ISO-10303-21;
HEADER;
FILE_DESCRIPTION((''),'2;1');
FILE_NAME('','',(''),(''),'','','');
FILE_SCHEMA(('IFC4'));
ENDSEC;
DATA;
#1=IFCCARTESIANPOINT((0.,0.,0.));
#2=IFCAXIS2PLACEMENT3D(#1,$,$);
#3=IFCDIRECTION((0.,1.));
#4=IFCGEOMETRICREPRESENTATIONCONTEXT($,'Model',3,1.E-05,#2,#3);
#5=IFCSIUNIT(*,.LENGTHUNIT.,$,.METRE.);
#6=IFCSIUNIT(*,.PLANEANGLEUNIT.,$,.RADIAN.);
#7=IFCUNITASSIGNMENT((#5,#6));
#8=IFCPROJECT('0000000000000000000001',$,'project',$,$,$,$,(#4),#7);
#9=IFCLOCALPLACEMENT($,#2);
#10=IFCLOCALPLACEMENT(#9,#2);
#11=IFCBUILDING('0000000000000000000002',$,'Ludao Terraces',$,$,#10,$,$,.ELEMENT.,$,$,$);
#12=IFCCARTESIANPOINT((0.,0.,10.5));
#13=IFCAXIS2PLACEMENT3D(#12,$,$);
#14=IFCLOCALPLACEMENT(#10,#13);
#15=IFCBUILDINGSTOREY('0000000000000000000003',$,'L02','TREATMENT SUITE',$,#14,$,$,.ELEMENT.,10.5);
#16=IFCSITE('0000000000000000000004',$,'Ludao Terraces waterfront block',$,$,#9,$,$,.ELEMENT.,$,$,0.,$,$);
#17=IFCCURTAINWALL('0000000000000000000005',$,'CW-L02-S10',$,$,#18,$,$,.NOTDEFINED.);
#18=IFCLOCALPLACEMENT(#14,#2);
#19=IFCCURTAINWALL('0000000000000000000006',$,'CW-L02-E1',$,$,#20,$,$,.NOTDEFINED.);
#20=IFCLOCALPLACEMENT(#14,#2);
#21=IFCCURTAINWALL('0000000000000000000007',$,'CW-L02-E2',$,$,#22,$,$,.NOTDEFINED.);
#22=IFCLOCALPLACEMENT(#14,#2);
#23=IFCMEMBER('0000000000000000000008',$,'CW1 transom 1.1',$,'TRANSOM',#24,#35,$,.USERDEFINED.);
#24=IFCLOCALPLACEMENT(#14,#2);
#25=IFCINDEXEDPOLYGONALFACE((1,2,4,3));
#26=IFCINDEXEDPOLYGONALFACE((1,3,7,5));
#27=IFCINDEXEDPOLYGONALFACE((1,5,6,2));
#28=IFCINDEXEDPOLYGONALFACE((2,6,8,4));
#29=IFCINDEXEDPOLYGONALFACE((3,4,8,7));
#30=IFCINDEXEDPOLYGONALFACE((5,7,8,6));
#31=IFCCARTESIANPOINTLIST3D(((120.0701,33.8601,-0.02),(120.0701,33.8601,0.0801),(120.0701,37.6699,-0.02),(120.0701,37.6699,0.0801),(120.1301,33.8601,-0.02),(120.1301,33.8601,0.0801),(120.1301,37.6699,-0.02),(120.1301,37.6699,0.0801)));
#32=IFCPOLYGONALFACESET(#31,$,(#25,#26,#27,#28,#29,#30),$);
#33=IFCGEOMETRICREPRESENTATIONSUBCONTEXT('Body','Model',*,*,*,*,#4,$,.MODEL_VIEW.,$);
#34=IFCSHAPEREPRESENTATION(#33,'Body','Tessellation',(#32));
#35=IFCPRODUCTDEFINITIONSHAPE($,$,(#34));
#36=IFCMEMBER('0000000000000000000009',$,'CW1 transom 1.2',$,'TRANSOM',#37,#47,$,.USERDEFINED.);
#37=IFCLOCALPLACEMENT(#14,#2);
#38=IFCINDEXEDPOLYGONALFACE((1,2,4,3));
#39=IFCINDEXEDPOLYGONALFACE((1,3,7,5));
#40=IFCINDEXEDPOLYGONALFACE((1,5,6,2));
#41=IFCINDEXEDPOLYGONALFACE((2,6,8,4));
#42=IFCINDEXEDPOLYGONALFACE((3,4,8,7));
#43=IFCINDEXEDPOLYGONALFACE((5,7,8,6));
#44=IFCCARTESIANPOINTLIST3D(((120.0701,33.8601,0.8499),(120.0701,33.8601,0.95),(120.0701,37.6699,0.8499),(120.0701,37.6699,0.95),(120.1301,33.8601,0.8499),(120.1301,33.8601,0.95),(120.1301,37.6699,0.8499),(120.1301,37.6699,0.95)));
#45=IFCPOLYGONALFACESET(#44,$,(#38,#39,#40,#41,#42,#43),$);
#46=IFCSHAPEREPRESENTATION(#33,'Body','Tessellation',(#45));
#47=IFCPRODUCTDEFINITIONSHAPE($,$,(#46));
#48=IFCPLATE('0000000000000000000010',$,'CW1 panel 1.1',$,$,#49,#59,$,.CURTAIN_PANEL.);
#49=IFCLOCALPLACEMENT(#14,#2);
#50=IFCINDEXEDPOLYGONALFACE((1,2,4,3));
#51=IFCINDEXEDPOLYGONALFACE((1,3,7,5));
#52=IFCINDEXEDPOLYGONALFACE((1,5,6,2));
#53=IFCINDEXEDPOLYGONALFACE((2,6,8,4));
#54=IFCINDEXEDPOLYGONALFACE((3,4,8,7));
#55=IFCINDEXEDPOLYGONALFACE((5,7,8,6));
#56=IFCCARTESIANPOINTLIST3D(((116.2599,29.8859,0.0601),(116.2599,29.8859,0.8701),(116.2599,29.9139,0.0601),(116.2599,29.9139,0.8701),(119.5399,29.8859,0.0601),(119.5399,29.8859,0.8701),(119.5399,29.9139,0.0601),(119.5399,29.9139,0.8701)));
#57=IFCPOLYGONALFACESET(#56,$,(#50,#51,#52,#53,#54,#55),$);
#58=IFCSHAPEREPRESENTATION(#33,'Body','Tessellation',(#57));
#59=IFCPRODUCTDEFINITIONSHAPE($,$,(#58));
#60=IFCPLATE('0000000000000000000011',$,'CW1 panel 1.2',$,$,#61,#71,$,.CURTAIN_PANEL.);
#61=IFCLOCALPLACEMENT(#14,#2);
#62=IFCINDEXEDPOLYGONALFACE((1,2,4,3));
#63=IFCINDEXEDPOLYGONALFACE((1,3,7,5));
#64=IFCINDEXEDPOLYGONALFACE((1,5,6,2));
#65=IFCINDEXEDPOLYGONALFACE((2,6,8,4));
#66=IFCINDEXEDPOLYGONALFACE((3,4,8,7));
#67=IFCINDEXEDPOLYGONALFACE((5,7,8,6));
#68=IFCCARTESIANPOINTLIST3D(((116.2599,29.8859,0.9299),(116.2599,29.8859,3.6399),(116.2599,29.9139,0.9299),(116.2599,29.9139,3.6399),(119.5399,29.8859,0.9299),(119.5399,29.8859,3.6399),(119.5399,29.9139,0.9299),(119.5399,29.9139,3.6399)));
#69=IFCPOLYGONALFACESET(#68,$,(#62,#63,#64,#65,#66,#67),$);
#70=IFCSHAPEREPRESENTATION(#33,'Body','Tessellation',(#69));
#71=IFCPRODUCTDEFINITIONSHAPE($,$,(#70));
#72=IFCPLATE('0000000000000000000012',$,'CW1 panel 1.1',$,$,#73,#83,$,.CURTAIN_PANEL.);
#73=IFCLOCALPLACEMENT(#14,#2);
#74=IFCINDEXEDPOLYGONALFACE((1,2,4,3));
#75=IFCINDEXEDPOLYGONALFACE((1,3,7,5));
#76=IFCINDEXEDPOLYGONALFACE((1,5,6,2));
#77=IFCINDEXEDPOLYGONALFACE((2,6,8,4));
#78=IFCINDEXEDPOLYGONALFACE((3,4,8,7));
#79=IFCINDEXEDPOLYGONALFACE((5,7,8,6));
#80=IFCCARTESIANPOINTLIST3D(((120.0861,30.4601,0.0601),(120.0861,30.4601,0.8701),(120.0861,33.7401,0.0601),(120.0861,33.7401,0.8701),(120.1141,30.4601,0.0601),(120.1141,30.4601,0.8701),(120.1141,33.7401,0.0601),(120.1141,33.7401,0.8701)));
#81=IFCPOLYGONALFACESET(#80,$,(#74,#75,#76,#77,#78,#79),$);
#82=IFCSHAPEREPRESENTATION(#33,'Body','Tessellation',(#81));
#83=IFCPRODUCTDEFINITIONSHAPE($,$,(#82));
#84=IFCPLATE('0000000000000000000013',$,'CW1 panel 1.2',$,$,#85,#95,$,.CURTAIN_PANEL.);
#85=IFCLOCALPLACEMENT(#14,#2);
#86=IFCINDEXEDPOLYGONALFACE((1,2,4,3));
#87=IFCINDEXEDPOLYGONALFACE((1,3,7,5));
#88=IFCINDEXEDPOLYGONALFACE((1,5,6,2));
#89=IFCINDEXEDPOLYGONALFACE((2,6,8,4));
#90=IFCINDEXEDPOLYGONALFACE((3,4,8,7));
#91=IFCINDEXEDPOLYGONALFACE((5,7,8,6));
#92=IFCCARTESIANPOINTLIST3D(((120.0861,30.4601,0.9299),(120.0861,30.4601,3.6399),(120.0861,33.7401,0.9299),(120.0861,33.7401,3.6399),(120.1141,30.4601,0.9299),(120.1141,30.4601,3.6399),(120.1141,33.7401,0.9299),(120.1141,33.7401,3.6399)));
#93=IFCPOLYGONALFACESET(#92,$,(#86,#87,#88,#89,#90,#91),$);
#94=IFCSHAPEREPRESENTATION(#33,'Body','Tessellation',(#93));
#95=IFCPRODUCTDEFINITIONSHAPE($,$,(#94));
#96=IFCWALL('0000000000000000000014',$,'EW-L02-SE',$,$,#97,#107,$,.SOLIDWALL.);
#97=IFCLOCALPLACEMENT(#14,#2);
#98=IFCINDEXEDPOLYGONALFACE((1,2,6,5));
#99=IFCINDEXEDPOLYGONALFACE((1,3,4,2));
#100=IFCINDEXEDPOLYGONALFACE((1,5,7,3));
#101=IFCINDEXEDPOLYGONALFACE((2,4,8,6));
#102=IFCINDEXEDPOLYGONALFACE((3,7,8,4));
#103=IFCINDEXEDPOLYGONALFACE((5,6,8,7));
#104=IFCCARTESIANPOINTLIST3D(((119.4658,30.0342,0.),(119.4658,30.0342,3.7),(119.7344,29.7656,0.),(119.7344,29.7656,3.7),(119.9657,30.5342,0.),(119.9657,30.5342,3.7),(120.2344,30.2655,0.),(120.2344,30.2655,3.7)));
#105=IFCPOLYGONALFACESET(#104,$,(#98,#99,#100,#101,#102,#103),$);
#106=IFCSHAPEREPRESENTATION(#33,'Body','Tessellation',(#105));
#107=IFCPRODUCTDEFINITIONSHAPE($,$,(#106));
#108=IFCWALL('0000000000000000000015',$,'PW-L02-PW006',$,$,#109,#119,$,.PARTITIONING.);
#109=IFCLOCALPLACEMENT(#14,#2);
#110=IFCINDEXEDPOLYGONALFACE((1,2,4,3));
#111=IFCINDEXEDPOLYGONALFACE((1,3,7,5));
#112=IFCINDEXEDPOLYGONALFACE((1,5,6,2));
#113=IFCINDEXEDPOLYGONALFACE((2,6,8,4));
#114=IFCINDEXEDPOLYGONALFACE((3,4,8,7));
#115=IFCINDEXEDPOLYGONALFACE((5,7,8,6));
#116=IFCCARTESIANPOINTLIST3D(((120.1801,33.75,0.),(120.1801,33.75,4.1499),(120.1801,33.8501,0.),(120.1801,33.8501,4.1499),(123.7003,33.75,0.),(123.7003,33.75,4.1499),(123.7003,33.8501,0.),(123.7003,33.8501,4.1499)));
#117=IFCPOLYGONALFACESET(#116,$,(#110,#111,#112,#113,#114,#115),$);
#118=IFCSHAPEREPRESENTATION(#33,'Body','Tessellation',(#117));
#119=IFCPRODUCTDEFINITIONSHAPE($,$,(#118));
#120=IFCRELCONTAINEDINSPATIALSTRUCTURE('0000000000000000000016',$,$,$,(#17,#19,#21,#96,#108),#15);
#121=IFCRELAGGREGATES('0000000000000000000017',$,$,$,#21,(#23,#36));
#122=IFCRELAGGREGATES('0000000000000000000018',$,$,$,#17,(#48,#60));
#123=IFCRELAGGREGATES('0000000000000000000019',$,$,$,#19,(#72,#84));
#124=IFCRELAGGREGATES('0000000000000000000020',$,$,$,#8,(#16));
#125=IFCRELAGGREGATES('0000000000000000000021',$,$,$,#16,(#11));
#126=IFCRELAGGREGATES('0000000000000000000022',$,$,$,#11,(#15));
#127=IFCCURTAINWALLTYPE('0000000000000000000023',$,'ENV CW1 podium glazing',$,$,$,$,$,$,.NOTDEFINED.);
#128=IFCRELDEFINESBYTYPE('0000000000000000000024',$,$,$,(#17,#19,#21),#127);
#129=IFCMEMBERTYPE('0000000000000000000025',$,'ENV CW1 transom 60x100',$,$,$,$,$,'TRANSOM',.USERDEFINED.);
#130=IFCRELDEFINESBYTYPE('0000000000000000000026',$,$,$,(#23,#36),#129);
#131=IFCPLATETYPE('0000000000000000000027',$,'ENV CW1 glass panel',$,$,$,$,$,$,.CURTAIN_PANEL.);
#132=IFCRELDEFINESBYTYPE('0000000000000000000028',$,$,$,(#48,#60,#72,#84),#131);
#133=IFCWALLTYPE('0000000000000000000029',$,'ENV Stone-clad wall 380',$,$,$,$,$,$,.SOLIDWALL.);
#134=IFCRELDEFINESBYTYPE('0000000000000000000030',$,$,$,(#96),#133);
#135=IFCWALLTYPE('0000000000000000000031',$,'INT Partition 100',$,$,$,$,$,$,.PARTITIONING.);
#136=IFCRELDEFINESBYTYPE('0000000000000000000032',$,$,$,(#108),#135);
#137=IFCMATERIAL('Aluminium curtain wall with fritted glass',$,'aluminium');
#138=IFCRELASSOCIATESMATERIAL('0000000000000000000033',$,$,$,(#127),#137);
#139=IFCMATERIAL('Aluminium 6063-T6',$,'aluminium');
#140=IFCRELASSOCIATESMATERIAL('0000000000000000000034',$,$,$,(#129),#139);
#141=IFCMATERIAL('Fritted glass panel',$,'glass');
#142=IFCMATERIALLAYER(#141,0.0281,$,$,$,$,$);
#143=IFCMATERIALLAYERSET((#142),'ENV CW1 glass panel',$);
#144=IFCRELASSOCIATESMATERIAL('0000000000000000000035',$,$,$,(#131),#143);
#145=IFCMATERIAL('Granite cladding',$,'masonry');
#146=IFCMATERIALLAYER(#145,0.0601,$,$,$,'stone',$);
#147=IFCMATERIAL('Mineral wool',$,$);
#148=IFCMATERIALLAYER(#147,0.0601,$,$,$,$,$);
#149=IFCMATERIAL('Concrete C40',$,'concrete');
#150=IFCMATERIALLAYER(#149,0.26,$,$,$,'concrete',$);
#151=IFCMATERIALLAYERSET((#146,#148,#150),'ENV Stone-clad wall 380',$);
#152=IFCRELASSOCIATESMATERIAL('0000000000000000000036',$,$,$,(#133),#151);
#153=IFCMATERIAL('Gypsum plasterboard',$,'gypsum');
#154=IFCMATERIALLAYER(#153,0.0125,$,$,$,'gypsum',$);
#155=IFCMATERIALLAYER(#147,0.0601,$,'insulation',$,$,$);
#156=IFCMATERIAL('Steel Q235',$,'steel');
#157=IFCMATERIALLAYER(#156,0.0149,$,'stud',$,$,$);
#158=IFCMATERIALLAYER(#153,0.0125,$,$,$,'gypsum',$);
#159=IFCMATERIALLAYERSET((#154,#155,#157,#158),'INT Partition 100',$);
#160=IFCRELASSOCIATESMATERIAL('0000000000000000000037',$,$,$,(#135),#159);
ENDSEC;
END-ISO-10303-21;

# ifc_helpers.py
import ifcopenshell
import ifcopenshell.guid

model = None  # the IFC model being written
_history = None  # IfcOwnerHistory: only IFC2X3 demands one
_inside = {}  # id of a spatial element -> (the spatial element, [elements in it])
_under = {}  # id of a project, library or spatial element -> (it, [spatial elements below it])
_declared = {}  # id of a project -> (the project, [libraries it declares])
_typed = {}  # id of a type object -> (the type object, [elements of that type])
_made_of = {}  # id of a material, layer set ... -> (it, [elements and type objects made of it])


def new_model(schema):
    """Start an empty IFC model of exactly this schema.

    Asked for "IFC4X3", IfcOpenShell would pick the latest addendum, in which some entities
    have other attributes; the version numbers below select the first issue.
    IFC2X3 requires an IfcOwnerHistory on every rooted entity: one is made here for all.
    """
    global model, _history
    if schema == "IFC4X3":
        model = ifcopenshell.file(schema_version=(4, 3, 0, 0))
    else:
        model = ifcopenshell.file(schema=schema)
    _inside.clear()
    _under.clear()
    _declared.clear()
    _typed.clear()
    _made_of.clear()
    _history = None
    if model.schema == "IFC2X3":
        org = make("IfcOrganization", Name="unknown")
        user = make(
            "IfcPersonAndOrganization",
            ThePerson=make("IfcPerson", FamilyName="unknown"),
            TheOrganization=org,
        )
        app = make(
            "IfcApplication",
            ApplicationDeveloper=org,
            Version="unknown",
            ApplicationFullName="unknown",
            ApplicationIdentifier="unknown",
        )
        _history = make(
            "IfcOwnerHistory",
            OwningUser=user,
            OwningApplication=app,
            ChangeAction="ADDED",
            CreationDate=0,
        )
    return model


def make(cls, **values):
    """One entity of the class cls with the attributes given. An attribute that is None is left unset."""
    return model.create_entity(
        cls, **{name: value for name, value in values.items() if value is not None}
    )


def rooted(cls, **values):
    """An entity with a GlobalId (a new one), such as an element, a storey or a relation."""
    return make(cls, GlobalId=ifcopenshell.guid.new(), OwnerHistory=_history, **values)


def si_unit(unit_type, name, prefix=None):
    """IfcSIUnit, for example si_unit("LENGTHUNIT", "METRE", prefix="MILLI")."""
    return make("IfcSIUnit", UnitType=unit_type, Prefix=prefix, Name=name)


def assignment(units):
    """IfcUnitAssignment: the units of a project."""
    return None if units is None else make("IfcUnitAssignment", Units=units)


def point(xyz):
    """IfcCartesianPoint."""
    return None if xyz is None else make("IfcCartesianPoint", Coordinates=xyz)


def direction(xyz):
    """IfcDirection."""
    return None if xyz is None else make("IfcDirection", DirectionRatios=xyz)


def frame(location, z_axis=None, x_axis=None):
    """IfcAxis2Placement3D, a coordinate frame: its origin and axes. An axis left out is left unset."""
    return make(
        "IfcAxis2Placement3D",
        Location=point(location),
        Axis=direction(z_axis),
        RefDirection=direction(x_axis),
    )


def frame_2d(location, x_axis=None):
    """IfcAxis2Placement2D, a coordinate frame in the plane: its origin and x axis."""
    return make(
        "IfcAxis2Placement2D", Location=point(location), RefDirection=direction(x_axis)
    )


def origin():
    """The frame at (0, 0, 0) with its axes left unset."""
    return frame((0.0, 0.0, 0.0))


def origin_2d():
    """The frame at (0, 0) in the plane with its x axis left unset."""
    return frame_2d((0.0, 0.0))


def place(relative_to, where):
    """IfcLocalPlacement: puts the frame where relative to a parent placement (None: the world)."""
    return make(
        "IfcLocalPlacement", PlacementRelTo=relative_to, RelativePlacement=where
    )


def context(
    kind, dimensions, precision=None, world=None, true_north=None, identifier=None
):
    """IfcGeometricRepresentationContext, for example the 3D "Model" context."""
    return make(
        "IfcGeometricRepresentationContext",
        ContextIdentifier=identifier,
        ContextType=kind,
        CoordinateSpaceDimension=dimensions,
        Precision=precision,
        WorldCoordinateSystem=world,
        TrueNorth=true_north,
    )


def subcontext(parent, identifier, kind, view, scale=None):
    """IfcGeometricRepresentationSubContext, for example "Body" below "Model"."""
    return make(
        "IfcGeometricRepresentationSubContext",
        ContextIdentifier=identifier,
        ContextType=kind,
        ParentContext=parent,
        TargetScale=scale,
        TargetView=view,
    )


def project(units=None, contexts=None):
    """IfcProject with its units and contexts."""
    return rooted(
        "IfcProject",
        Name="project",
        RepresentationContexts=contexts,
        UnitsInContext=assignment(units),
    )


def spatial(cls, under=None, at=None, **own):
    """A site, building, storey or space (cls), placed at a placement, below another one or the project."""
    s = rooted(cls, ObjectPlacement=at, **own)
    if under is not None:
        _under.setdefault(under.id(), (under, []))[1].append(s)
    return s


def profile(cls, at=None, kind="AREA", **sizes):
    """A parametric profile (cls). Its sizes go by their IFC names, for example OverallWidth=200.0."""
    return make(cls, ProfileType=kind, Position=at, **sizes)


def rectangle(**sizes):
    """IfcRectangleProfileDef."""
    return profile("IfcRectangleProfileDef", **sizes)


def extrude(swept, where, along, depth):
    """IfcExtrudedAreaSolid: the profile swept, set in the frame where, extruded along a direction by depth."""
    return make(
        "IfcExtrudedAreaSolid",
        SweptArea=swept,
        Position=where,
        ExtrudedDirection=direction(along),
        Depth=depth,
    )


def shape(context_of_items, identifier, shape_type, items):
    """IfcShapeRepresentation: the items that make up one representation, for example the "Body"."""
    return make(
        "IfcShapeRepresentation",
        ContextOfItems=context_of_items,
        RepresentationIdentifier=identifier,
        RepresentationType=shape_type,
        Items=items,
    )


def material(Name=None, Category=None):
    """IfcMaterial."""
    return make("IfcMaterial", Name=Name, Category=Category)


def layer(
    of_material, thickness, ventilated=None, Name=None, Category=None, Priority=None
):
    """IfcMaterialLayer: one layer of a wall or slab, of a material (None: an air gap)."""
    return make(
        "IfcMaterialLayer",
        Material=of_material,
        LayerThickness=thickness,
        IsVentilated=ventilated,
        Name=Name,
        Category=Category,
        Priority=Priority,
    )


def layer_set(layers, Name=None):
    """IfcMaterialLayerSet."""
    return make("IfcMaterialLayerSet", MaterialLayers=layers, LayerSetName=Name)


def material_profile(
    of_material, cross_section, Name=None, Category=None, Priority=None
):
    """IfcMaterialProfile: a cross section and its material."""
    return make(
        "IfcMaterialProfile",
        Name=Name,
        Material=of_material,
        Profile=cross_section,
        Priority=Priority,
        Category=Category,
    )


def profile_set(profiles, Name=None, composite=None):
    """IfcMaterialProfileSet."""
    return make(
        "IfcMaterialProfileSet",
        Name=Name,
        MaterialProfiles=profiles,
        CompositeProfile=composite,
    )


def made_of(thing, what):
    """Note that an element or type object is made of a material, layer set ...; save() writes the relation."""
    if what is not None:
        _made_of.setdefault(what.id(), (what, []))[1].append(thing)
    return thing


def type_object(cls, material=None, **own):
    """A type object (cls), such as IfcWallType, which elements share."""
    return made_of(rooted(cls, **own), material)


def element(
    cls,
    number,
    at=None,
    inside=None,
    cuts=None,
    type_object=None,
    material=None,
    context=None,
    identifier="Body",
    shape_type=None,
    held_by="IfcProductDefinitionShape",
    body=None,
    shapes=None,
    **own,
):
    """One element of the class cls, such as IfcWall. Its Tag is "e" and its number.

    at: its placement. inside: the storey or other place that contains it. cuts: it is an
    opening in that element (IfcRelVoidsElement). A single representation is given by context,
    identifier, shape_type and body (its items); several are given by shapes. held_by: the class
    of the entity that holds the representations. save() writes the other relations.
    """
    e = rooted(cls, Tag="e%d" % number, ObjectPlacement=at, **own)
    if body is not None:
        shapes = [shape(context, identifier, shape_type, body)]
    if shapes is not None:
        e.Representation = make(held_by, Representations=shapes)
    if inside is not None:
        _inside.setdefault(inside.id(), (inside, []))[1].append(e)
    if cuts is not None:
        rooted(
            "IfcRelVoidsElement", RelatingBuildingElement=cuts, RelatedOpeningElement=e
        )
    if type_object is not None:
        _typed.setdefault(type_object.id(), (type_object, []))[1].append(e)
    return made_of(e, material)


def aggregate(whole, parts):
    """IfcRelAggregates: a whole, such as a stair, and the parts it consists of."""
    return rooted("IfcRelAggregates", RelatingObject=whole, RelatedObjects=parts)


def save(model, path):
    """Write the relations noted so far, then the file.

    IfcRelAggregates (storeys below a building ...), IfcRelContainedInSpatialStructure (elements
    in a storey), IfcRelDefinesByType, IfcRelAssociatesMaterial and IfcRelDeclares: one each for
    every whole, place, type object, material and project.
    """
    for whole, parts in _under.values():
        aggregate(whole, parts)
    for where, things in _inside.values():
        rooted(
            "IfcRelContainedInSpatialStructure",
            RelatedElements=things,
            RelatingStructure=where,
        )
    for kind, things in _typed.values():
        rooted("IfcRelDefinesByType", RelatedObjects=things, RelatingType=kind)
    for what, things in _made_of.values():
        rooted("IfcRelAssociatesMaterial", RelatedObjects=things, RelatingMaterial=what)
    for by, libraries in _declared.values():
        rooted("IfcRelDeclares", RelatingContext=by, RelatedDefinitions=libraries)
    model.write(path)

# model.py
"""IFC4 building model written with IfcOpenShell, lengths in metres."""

from ifc_helpers import new_model, si_unit, direction, frame, frame_2d, origin, origin_2d, place, context, subcontext, project, spatial, rectangle, extrude, material, layer, layer_set, material_profile, profile_set, type_object, element, aggregate, save


model = new_model("IFC4")

# Units and contexts
model_context = context("Model", 3, precision=1e-05, world=origin(), true_north=direction((0.0, 1.0)))
body_context = subcontext(model_context, "Body", "Model", "MODEL_VIEW")
ifc_project = project(units=[si_unit("LENGTHUNIT", "METRE"), si_unit("PLANEANGLEUNIT", "RADIAN")], contexts=[model_context])

# Site, building, storey
site_placement = place(None, origin())
site = spatial("IfcSite", under=ifc_project, at=site_placement, Name="Ludao Terraces waterfront block", CompositionType="ELEMENT", RefElevation=0.0)
building_placement = place(site_placement, origin())
building = spatial("IfcBuilding", under=site, at=building_placement, Name="Ludao Terraces", CompositionType="ELEMENT")
storey_placement = place(building_placement, frame((0.0, 0.0, 10.5)))
storey = spatial("IfcBuildingStorey", under=building, at=storey_placement, Name="L02", Description="TREATMENT SUITE", CompositionType="ELEMENT", Elevation=10.5)

# Curtain wall
ifc_material_1 = material(Name="Aluminium curtain wall with fritted glass", Category="aluminium")
curtain_wall_type = type_object("IfcCurtainWallType", Name="ENV CW1 podium glazing", PredefinedType="NOTDEFINED", material=ifc_material_1)
curtain_wall_1_placement = place(storey_placement, origin())
curtain_wall_1 = element("IfcCurtainWall", 1, at=curtain_wall_1_placement, inside=storey, type_object=curtain_wall_type, Name="CW-L02-S10", PredefinedType="NOTDEFINED")
ifc_material_2 = material(Name="Aluminium 6063-T6", Category="aluminium")

# Curtain wall
curtain_wall_2_placement = place(storey_placement, origin())
curtain_wall_2 = element("IfcCurtainWall", 2, at=curtain_wall_2_placement, inside=storey, type_object=curtain_wall_type, Name="CW-L02-E1", PredefinedType="NOTDEFINED")

# Curtain wall
curtain_wall_3_placement = place(storey_placement, origin())
curtain_wall_3 = element("IfcCurtainWall", 3, at=curtain_wall_3_placement, inside=storey, type_object=curtain_wall_type, Name="CW-L02-E2", PredefinedType="NOTDEFINED")

# Members
ifc_material_profile_1 = material_profile(ifc_material_2, rectangle(XDim=0.0601, YDim=0.1001, at=origin_2d()), Name="60 X 100")
ifc_profile_set_1 = profile_set([ifc_material_profile_1], Name="Aluminium 6063-T6")
member_type_1 = type_object("IfcMemberType", Name="ENV CW1 transom 60x100", ElementType="TRANSOM", PredefinedType="USERDEFINED", material=ifc_profile_set_1)
member_1_placement = place(storey_placement, frame((120.1001, 33.8601, 0.03), z_axis=(0.0, 1.0, 0.0), x_axis=(-1.0, 0.0, 0.0)))
member_1 = element("IfcMember", 4, at=member_1_placement, type_object=member_type_1, Name="CW1 transom 1.1", ObjectType="TRANSOM", PredefinedType="USERDEFINED", context=body_context, shape_type="SweptSolid", body=[
    extrude(rectangle(XDim=0.0601, YDim=0.1001, at=origin_2d()), origin(), (0.0, 0.0, 1.0), 3.8098),
])
member_2_placement = place(storey_placement, frame((120.1001, 33.8601, 0.8999), z_axis=(0.0, 1.0, 0.0), x_axis=(-1.0, 0.0, 0.0)))
member_2 = element("IfcMember", 5, at=member_2_placement, type_object=member_type_1, Name="CW1 transom 1.2", ObjectType="TRANSOM", PredefinedType="USERDEFINED", context=body_context, shape_type="SweptSolid", body=[
    extrude(rectangle(XDim=0.0601, YDim=0.1001, at=origin_2d()), origin(), (0.0, 0.0, 1.0), 3.8098),
])
aggregate(curtain_wall_3, [member_1, member_2])

# Plates
ifc_material_3 = material(Name="Fritted glass panel", Category="glass")
ifc_layer_1 = layer(ifc_material_3, 0.0281)
ifc_layer_set_1 = layer_set([ifc_layer_1], Name="ENV CW1 glass panel")
plate_type = type_object("IfcPlateType", Name="ENV CW1 glass panel", PredefinedType="CURTAIN_PANEL", material=ifc_layer_set_1)
plate_1_placement = place(storey_placement, frame((117.8999, 29.8999, 0.0601), z_axis=(0.0, 0.0, 1.0), x_axis=(1.0, 0.0, 0.0)))
plate_1 = element("IfcPlate", 6, at=plate_1_placement, type_object=plate_type, Name="CW1 panel 1.1", PredefinedType="CURTAIN_PANEL", context=body_context, shape_type="SweptSolid", body=[
    extrude(rectangle(XDim=3.28, YDim=0.0281, at=origin_2d()), origin(), (0.0, 0.0, 1.0), 0.8101),
])
plate_2_placement = place(storey_placement, frame((117.8999, 29.8999, 0.9299), z_axis=(0.0, 0.0, 1.0), x_axis=(1.0, 0.0, 0.0)))
plate_2 = element("IfcPlate", 7, at=plate_2_placement, type_object=plate_type, Name="CW1 panel 1.2", PredefinedType="CURTAIN_PANEL", context=body_context, shape_type="SweptSolid", body=[
    extrude(rectangle(XDim=3.28, YDim=0.0281, at=origin_2d()), origin(), (0.0, 0.0, 1.0), 2.71),
])
aggregate(curtain_wall_1, [plate_1, plate_2])
plate_3_placement = place(storey_placement, frame((120.1001, 32.1001, 0.0601), z_axis=(0.0, 0.0, 1.0), x_axis=(0.0, 1.0, 0.0)))
plate_3 = element("IfcPlate", 8, at=plate_3_placement, type_object=plate_type, Name="CW1 panel 1.1", PredefinedType="CURTAIN_PANEL", context=body_context, shape_type="SweptSolid", body=[
    extrude(rectangle(XDim=3.28, YDim=0.0281, at=origin_2d()), origin(), (0.0, 0.0, 1.0), 0.8101),
])
plate_4_placement = place(storey_placement, frame((120.1001, 32.1001, 0.9299), z_axis=(0.0, 0.0, 1.0), x_axis=(0.0, 1.0, 0.0)))
plate_4 = element("IfcPlate", 9, at=plate_4_placement, type_object=plate_type, Name="CW1 panel 1.2", PredefinedType="CURTAIN_PANEL", context=body_context, shape_type="SweptSolid", body=[
    extrude(rectangle(XDim=3.28, YDim=0.0281, at=origin_2d()), origin(), (0.0, 0.0, 1.0), 2.71),
])
aggregate(curtain_wall_2, [plate_3, plate_4])

# Walls
ifc_material_4 = material(Name="Granite cladding", Category="masonry")
ifc_layer_2 = layer(ifc_material_4, 0.0601, Category="stone")
ifc_material_5 = material(Name="Mineral wool")
ifc_layer_3 = layer(ifc_material_5, 0.0601)
ifc_material_6 = material(Name="Concrete C40", Category="concrete")
ifc_layer_4 = layer(ifc_material_6, 0.26, Category="concrete")
ifc_layer_set_2 = layer_set([ifc_layer_2, ifc_layer_3, ifc_layer_4], Name="ENV Stone-clad wall 380")
wall_type_1 = type_object("IfcWallType", Name="ENV Stone-clad wall 380", PredefinedType="SOLIDWALL", material=ifc_layer_set_2)
wall_1_placement = place(storey_placement, frame((119.6001, 29.8999, 0.0), z_axis=(0.0, 0.0, 1.0), x_axis=(0.707107, 0.707107, 0.0)))
element("IfcWall", 10, at=wall_1_placement, inside=storey, type_object=wall_type_1, Name="EW-L02-SE", PredefinedType="SOLIDWALL", context=body_context, shape_type="SweptSolid", body=[
    extrude(rectangle(XDim=0.707, YDim=0.3799, at=frame_2d((0.3535, 0.0))), origin(), (0.0, 0.0, 1.0), 3.7),
])
ifc_material_7 = material(Name="Gypsum plasterboard", Category="gypsum")
ifc_layer_5 = layer(ifc_material_7, 0.0125, Category="gypsum")
ifc_layer_6 = layer(ifc_material_5, 0.0601, Name="insulation")
ifc_material_8 = material(Name="Steel Q235", Category="steel")
ifc_layer_7 = layer(ifc_material_8, 0.0149, Name="stud")
ifc_layer_8 = layer(ifc_material_7, 0.0125, Category="gypsum")
ifc_layer_set_3 = layer_set([ifc_layer_5, ifc_layer_6, ifc_layer_7, ifc_layer_8], Name="INT Partition 100")
wall_type_2 = type_object("IfcWallType", Name="INT Partition 100", PredefinedType="PARTITIONING", material=ifc_layer_set_3)
wall_2_placement = place(storey_placement, frame((120.1799, 33.8, 0.0), z_axis=(0.0, 0.0, 1.0), x_axis=(1.0, 0.0, 0.0)))
element("IfcWall", 11, at=wall_2_placement, inside=storey, type_object=wall_type_2, Name="PW-L02-PW006", PredefinedType="PARTITIONING", context=body_context, shape_type="SweptSolid", body=[
    extrude(rectangle(XDim=3.5203, YDim=0.1001, at=frame_2d((1.7603, 0.0))), origin(), (0.0, 0.0, 1.0), 4.1499),
])

save(model, "model.ifc")
